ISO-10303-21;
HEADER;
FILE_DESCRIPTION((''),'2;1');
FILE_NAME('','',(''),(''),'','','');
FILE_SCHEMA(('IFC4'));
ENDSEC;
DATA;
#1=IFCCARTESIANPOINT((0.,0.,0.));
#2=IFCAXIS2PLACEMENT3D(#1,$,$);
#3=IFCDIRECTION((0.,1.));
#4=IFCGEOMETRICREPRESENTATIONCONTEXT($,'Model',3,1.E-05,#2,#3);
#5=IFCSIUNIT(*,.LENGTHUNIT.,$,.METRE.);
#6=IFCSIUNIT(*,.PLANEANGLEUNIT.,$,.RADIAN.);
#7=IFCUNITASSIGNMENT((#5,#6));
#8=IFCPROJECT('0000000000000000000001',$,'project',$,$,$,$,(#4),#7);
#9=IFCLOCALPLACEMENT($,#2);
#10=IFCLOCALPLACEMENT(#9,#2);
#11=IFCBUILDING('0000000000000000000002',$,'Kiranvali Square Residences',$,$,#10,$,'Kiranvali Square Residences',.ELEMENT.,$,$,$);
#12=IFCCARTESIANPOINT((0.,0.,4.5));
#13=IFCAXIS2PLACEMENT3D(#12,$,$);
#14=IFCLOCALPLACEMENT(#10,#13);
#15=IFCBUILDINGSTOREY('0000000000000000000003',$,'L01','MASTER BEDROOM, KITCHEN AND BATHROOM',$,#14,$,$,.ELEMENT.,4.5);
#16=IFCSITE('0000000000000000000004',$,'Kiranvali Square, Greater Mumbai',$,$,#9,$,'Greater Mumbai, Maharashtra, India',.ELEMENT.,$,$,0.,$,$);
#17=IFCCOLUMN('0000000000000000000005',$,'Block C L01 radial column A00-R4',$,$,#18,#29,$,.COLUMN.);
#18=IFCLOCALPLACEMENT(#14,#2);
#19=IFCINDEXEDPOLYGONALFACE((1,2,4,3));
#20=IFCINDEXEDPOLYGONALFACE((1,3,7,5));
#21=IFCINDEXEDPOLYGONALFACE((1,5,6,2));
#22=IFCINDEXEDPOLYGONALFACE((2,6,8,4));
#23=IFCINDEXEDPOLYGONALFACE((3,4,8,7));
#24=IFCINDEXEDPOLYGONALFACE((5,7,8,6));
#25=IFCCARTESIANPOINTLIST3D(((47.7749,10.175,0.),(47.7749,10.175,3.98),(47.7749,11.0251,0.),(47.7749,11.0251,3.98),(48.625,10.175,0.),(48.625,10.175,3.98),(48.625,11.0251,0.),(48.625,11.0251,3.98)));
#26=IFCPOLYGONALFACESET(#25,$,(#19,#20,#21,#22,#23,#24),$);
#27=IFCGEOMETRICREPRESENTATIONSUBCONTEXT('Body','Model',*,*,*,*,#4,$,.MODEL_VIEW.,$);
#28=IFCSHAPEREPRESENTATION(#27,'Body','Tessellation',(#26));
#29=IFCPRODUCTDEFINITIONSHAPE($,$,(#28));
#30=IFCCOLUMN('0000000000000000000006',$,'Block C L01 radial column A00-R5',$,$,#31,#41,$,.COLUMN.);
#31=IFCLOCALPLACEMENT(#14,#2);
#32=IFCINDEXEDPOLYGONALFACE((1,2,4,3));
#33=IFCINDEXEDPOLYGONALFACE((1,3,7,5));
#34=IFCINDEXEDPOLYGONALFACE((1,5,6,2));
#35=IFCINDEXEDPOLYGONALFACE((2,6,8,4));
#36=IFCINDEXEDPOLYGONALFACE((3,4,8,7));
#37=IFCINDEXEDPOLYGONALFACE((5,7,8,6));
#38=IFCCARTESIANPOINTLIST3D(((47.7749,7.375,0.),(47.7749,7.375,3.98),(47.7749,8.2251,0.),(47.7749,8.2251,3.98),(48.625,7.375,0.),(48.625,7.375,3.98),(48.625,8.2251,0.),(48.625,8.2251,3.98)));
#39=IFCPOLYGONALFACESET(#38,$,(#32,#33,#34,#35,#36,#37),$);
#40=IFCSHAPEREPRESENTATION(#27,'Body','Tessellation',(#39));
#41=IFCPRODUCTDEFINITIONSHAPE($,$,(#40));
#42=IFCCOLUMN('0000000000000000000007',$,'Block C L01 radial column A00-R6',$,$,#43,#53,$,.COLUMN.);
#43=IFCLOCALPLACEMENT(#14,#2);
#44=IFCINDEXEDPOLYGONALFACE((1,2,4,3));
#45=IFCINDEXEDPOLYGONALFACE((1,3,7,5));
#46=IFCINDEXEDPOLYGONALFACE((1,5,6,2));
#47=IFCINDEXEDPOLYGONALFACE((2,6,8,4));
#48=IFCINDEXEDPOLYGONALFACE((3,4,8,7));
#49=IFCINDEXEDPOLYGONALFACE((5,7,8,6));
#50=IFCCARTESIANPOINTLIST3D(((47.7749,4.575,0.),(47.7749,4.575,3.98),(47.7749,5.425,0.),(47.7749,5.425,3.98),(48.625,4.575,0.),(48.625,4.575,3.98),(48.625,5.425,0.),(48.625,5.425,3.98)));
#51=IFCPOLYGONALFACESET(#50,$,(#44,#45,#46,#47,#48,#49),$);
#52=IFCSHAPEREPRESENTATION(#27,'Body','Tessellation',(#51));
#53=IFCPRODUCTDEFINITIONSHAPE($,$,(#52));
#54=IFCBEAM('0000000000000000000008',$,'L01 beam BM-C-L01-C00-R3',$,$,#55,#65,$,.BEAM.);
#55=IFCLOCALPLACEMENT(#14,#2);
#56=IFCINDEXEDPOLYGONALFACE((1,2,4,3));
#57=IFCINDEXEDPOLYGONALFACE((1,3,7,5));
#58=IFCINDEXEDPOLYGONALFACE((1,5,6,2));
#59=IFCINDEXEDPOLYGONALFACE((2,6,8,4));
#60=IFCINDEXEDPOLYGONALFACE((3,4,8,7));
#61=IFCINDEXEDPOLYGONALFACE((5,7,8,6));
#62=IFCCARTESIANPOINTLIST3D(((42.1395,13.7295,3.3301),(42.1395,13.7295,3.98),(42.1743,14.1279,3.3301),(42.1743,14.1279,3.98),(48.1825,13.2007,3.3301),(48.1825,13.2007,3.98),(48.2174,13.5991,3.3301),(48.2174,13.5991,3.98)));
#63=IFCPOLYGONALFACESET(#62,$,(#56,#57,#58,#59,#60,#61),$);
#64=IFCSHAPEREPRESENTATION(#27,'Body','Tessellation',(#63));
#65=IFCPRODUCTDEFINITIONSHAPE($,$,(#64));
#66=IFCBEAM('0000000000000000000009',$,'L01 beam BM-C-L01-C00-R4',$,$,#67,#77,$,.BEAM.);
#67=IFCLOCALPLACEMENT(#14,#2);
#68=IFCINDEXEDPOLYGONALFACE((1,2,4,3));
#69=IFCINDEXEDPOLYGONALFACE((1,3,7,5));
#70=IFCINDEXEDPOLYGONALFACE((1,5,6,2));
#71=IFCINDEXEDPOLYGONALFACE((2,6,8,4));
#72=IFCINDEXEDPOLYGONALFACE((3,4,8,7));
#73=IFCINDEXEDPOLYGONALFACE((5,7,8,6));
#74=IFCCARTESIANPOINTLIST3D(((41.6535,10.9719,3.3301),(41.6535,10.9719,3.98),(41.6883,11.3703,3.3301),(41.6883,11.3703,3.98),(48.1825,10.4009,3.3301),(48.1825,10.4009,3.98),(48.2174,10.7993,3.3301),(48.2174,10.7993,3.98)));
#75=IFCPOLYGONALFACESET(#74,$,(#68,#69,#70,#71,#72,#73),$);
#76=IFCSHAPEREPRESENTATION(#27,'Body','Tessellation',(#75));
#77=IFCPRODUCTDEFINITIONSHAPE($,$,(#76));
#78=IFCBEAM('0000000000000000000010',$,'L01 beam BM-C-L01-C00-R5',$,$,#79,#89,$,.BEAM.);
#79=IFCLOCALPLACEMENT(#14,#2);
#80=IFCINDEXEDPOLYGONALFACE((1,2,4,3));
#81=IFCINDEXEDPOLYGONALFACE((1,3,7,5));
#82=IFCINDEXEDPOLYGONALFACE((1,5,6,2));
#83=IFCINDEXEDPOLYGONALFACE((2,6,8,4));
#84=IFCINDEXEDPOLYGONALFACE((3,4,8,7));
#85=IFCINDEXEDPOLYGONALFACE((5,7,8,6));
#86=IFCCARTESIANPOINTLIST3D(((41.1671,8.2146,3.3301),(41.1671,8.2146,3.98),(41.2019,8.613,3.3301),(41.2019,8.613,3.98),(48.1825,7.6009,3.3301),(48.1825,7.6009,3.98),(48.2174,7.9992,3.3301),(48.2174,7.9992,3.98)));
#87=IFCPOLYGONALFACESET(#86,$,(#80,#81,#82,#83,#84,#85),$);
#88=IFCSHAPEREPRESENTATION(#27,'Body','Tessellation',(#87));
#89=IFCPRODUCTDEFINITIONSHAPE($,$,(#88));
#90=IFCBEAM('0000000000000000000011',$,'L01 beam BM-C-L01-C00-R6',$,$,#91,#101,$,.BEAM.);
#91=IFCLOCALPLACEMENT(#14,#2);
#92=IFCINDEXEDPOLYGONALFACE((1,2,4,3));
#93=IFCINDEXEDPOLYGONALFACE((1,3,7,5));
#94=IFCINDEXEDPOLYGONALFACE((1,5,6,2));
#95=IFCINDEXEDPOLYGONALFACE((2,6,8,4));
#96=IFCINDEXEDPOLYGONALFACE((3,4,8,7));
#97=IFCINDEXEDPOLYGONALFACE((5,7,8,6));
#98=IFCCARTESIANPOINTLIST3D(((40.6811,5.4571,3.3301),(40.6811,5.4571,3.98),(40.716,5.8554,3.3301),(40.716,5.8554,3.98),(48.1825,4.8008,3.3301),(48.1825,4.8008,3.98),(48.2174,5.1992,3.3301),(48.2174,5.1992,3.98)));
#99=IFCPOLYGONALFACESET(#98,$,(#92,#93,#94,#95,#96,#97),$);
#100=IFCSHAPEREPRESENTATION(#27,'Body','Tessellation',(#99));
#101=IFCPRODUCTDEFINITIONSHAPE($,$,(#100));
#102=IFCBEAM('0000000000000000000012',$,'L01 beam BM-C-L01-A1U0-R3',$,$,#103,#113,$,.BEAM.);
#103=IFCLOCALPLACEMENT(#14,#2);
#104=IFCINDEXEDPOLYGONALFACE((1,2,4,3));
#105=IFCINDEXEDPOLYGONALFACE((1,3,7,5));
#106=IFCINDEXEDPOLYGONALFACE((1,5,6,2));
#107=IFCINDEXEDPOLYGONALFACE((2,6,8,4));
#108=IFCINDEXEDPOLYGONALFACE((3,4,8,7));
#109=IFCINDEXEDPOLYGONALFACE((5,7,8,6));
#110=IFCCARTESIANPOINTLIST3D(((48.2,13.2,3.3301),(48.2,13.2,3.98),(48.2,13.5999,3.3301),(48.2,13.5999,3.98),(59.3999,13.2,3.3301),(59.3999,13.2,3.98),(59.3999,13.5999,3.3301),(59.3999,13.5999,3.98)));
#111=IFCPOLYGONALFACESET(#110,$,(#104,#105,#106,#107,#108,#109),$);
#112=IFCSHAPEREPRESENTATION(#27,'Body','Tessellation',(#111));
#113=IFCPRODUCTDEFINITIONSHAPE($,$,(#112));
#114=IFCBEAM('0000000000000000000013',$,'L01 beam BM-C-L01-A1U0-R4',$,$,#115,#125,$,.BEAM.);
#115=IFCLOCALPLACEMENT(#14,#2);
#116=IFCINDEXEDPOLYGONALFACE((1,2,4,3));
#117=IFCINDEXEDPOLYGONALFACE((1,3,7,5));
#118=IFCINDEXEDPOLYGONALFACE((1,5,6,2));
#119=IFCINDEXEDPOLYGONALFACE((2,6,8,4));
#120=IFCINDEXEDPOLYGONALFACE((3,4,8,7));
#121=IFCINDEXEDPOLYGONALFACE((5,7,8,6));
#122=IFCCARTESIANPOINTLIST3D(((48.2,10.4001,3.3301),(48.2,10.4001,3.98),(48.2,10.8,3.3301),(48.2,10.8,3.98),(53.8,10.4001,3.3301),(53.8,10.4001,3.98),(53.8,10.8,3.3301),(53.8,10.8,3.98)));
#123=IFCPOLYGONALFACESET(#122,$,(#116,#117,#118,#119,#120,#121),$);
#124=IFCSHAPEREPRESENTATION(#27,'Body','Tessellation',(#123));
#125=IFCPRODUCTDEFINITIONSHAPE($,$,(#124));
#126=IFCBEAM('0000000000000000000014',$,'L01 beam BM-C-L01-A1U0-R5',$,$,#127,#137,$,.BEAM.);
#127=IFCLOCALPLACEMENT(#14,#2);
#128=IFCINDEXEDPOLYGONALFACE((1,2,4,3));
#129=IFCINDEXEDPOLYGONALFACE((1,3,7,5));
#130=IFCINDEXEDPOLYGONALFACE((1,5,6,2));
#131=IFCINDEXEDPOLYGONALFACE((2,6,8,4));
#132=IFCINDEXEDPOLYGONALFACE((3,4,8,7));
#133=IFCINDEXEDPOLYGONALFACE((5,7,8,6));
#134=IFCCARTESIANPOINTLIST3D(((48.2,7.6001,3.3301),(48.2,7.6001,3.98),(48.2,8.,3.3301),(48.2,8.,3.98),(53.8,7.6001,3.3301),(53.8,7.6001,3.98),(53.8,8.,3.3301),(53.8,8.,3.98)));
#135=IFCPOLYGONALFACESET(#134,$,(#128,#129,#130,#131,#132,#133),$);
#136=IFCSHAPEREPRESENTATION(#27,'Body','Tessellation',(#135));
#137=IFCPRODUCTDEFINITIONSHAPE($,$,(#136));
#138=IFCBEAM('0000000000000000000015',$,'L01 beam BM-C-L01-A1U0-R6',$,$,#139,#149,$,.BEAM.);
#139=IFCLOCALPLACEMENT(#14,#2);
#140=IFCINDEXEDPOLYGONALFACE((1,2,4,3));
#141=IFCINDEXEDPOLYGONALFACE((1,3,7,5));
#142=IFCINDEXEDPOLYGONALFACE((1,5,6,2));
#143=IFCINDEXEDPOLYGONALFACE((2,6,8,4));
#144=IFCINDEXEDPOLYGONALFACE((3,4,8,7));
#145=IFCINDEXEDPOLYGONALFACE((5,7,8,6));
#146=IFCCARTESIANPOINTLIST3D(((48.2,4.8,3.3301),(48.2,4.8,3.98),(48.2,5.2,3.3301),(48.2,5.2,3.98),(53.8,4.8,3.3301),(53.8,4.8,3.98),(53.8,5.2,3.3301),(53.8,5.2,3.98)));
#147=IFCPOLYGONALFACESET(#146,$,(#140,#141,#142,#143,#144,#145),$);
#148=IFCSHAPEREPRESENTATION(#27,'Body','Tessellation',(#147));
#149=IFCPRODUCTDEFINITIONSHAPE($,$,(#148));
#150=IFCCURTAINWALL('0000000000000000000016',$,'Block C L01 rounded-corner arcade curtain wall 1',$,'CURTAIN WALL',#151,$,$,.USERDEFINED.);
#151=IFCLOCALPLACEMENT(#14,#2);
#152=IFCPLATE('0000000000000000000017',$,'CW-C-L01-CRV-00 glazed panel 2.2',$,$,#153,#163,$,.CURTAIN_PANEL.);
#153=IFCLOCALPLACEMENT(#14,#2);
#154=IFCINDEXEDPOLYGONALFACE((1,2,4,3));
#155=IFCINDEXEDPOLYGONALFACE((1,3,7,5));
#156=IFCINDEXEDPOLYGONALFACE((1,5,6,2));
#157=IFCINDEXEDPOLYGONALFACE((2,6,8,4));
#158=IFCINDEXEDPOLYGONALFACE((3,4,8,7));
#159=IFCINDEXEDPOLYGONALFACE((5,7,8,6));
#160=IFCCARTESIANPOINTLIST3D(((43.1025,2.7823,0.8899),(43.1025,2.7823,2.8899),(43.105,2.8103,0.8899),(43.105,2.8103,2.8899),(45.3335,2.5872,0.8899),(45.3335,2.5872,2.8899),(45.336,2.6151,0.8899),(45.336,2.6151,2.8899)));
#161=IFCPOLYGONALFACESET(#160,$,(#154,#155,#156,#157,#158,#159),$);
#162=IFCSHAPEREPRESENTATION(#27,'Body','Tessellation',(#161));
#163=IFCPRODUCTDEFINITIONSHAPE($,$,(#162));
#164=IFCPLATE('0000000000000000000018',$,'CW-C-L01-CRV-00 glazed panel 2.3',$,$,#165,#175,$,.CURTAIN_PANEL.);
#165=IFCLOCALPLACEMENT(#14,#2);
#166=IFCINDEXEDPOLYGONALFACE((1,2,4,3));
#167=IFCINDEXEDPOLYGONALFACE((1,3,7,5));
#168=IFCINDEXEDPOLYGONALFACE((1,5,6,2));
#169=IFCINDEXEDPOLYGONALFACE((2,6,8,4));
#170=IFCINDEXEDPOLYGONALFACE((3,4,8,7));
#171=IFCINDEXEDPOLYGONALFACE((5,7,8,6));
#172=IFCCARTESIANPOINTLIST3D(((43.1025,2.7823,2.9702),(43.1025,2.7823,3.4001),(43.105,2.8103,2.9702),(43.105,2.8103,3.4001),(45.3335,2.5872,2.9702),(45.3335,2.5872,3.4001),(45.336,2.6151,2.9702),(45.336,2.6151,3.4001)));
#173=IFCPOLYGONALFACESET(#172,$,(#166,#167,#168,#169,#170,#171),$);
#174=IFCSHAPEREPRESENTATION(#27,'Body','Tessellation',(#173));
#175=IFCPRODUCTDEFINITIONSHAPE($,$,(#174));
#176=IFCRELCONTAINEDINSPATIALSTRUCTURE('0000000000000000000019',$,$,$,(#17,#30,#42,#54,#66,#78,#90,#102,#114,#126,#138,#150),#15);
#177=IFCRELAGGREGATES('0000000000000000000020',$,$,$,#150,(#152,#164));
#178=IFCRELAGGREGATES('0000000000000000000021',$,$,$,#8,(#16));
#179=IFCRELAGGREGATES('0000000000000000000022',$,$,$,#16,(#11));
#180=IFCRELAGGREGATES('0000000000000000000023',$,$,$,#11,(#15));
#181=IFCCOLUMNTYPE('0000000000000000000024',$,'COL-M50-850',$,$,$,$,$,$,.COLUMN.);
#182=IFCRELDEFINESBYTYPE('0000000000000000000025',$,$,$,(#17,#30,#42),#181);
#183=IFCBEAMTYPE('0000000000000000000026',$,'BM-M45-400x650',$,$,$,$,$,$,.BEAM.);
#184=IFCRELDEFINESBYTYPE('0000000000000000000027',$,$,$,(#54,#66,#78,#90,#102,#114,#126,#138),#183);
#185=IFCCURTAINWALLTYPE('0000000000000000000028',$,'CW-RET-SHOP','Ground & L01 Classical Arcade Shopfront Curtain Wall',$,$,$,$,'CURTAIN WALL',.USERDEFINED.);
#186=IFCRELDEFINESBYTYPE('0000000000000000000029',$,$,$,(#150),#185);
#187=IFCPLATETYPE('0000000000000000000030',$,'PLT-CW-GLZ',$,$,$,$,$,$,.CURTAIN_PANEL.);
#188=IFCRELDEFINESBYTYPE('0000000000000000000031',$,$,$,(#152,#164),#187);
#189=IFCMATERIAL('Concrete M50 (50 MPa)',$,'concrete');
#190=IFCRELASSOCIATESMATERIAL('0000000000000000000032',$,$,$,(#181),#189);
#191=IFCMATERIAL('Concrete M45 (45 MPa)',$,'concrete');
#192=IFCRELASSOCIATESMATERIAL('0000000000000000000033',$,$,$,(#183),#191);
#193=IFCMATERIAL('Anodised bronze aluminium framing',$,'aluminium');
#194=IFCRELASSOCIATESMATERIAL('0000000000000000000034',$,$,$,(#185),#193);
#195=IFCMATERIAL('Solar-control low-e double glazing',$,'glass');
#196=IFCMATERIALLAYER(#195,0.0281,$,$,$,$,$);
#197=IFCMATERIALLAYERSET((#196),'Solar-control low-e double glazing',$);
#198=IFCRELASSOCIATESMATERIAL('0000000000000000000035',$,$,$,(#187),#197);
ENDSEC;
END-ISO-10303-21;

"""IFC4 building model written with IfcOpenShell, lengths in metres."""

from ifc_helpers import new_model, si_unit, direction, frame, origin, origin_2d, place, context, subcontext, project, spatial, rectangle, extrude, material, layer, layer_set, material_profile, profile_set, type_object, element, aggregate, save


model = new_model("IFC4")

# Units and contexts
model_context = context("Model", 3, precision=1e-05, world=origin(), true_north=direction((0.0, 1.0)))
body_context = subcontext(model_context, "Body", "Model", "MODEL_VIEW")
ifc_project = project(units=[si_unit("LENGTHUNIT", "METRE"), si_unit("PLANEANGLEUNIT", "RADIAN")], contexts=[model_context])

# Site, building, storey
site_placement = place(None, origin())
site = spatial("IfcSite", under=ifc_project, at=site_placement, Name="Kiranvali Square, Greater Mumbai", LongName="Greater Mumbai, Maharashtra, India", CompositionType="ELEMENT", RefElevation=0.0)
building_placement = place(site_placement, origin())
building = spatial("IfcBuilding", under=site, at=building_placement, Name="Kiranvali Square Residences", LongName="Kiranvali Square Residences", CompositionType="ELEMENT")
storey_placement = place(building_placement, frame((0.0, 0.0, 4.5)))
storey = spatial("IfcBuildingStorey", under=building, at=storey_placement, Name="L01", Description="MASTER BEDROOM, KITCHEN AND BATHROOM", CompositionType="ELEMENT", Elevation=4.5)

# Columns
ifc_material_1 = material(Name="Concrete M50 (50 MPa)", Category="concrete")
ifc_material_profile_1 = material_profile(ifc_material_1, rectangle(XDim=0.8501, YDim=0.8501, at=origin_2d()), Name="RC 850x850")
ifc_profile_set_1 = profile_set([ifc_material_profile_1], Name="Concrete M50 (50 MPa)")
column_type = type_object("IfcColumnType", Name="COL-M50-850", PredefinedType="COLUMN", material=ifc_profile_set_1)
for number, where, z_axis, x_axis, name in (
    (1, (48.2, 10.6001, 0.0), (0.0, 0.0, 1.0), (1.0, 0.0, 0.0), "Block C L01 radial column A00-R4"),
    (2, (48.2, 7.8, 0.0), (0.0, 0.0, 1.0), (1.0, 0.0, 0.0), "Block C L01 radial column A00-R5"),
    (3, (48.2, 5.0, 0.0), (0.0, 0.0, 1.0), (1.0, 0.0, 0.0), "Block C L01 radial column A00-R6"),
):
    element("IfcColumn", number, at=place(storey_placement, frame(where, z_axis=z_axis, x_axis=x_axis)), inside=storey, type_object=column_type, Name=name, PredefinedType="COLUMN", context=body_context, shape_type="SweptSolid", body=[
        extrude(rectangle(XDim=0.8501, YDim=0.8501, at=origin_2d()), origin(), (0.0, 0.0, 1.0), 3.98),
    ])

# Beams
ifc_material_2 = material(Name="Concrete M45 (45 MPa)", Category="concrete")
ifc_material_profile_2 = material_profile(ifc_material_2, rectangle(XDim=0.3999, YDim=0.6499, at=origin_2d()), Name="RC 400x650")
ifc_profile_set_2 = profile_set([ifc_material_profile_2], Name="Concrete M45 (45 MPa)")
beam_type = type_object("IfcBeamType", Name="BM-M45-400x650", PredefinedType="BEAM", material=ifc_profile_set_2)
beam_1_placement = place(storey_placement, frame((48.2, 13.3999, 3.655), z_axis=(-0.996193, 0.087175, 0.0), x_axis=(-0.087175, -0.996193, 0.0)))
element("IfcBeam", 4, at=beam_1_placement, inside=storey, type_object=beam_type, Name="L01 beam BM-C-L01-C00-R3", PredefinedType="BEAM", context=body_context, shape_type="SweptSolid", body=[
    extrude(rectangle(XDim=0.3999, YDim=0.6499, at=origin_2d()), origin(), (0.0, 0.0, 1.0), 6.0662),
])
beam_2_placement = place(storey_placement, frame((48.2, 10.6001, 3.655), z_axis=(-0.996197, 0.08713, 0.0), x_axis=(-0.08713, -0.996197, 0.0)))
element("IfcBeam", 5, at=beam_2_placement, inside=storey, type_object=beam_type, Name="L01 beam BM-C-L01-C00-R4", PredefinedType="BEAM", context=body_context, shape_type="SweptSolid", body=[
    extrude(rectangle(XDim=0.3999, YDim=0.6499, at=origin_2d()), origin(), (0.0, 0.0, 1.0), 6.554),
])
beam_3_placement = place(storey_placement, frame((48.2, 7.8, 3.655), z_axis=(-0.996195, 0.087156, 0.0), x_axis=(-0.087156, -0.996195, 0.0)))
element("IfcBeam", 6, at=beam_3_placement, inside=storey, type_object=beam_type, Name="L01 beam BM-C-L01-C00-R5", PredefinedType="BEAM", context=body_context, shape_type="SweptSolid", body=[
    extrude(rectangle(XDim=0.3999, YDim=0.6499, at=origin_2d()), origin(), (0.0, 0.0, 1.0), 7.0422),
])
beam_4_placement = place(storey_placement, frame((48.2, 5.0, 3.655), z_axis=(-0.996195, 0.08715, 0.0), x_axis=(-0.08715, -0.996195, 0.0)))
element("IfcBeam", 7, at=beam_4_placement, inside=storey, type_object=beam_type, Name="L01 beam BM-C-L01-C00-R6", PredefinedType="BEAM", context=body_context, shape_type="SweptSolid", body=[
    extrude(rectangle(XDim=0.3999, YDim=0.6499, at=origin_2d()), origin(), (0.0, 0.0, 1.0), 7.53),
])
beam_5_placement = place(storey_placement, frame((48.2, 13.3999, 3.655), z_axis=(1.0, 0.0, 0.0), x_axis=(0.0, 1.0, 0.0)))
element("IfcBeam", 8, at=beam_5_placement, inside=storey, type_object=beam_type, Name="L01 beam BM-C-L01-A1U0-R3", PredefinedType="BEAM", context=body_context, shape_type="SweptSolid", body=[
    extrude(rectangle(XDim=0.3999, YDim=0.6499, at=origin_2d()), origin(), (0.0, 0.0, 1.0), 11.2),
])
for number, where, z_axis, x_axis, name in (
    (9, (48.2, 10.6001, 3.655), (1.0, 0.0, 0.0), (0.0, 1.0, 0.0), "L01 beam BM-C-L01-A1U0-R4"),
    (10, (48.2, 7.8, 3.655), (1.0, 0.0, 0.0), (0.0, 1.0, 0.0), "L01 beam BM-C-L01-A1U0-R5"),
    (11, (48.2, 5.0, 3.655), (1.0, 0.0, 0.0), (0.0, 1.0, 0.0), "L01 beam BM-C-L01-A1U0-R6"),
):
    element("IfcBeam", number, at=place(storey_placement, frame(where, z_axis=z_axis, x_axis=x_axis)), inside=storey, type_object=beam_type, Name=name, PredefinedType="BEAM", context=body_context, shape_type="SweptSolid", body=[
        extrude(rectangle(XDim=0.3999, YDim=0.6499, at=origin_2d()), origin(), (0.0, 0.0, 1.0), 5.6001),
    ])

# Curtain wall, plates
ifc_material_3 = material(Name="Anodised bronze aluminium framing", Category="aluminium")
curtain_wall_type = type_object("IfcCurtainWallType", Name="CW-RET-SHOP", Description="Ground & L01 Classical Arcade Shopfront Curtain Wall", ElementType="CURTAIN WALL", PredefinedType="USERDEFINED", material=ifc_material_3)
curtain_wall_placement = place(storey_placement, origin())
curtain_wall = element("IfcCurtainWall", 12, at=curtain_wall_placement, inside=storey, type_object=curtain_wall_type, Name="Block C L01 rounded-corner arcade curtain wall 1", ObjectType="CURTAIN WALL", PredefinedType="USERDEFINED")
ifc_material_4 = material(Name="Solar-control low-e double glazing", Category="glass")
ifc_layer_1 = layer(ifc_material_4, 0.0281)
ifc_layer_set_1 = layer_set([ifc_layer_1], Name="Solar-control low-e double glazing")
plate_type = type_object("IfcPlateType", Name="PLT-CW-GLZ", PredefinedType="CURTAIN_PANEL", material=ifc_layer_set_1)
plate_1_placement = place(storey_placement, frame((44.2192, 2.6987, 0.8899), z_axis=(0.0, 0.0, 1.0), x_axis=(-0.996195, 0.087156, 0.0)))
plate_1 = element("IfcPlate", 13, at=plate_1_placement, type_object=plate_type, Name="CW-C-L01-CRV-00 glazed panel 2.2", PredefinedType="CURTAIN_PANEL", context=body_context, shape_type="SweptSolid", body=[
    extrude(rectangle(XDim=2.2395, YDim=0.0281, at=origin_2d()), origin(), (0.0, 0.0, 1.0), 2.0),
])
plate_2_placement = place(storey_placement, frame((44.2192, 2.6987, 2.9702), z_axis=(0.0, 0.0, 1.0), x_axis=(-0.996195, 0.087156, 0.0)))
plate_2 = element("IfcPlate", 14, at=plate_2_placement, type_object=plate_type, Name="CW-C-L01-CRV-00 glazed panel 2.3", PredefinedType="CURTAIN_PANEL", context=body_context, shape_type="SweptSolid", body=[
    extrude(rectangle(XDim=2.2395, YDim=0.0281, at=origin_2d()), origin(), (0.0, 0.0, 1.0), 0.4299),
])
aggregate(curtain_wall, [plate_1, plate_2])

save(model, "model.ifc")
